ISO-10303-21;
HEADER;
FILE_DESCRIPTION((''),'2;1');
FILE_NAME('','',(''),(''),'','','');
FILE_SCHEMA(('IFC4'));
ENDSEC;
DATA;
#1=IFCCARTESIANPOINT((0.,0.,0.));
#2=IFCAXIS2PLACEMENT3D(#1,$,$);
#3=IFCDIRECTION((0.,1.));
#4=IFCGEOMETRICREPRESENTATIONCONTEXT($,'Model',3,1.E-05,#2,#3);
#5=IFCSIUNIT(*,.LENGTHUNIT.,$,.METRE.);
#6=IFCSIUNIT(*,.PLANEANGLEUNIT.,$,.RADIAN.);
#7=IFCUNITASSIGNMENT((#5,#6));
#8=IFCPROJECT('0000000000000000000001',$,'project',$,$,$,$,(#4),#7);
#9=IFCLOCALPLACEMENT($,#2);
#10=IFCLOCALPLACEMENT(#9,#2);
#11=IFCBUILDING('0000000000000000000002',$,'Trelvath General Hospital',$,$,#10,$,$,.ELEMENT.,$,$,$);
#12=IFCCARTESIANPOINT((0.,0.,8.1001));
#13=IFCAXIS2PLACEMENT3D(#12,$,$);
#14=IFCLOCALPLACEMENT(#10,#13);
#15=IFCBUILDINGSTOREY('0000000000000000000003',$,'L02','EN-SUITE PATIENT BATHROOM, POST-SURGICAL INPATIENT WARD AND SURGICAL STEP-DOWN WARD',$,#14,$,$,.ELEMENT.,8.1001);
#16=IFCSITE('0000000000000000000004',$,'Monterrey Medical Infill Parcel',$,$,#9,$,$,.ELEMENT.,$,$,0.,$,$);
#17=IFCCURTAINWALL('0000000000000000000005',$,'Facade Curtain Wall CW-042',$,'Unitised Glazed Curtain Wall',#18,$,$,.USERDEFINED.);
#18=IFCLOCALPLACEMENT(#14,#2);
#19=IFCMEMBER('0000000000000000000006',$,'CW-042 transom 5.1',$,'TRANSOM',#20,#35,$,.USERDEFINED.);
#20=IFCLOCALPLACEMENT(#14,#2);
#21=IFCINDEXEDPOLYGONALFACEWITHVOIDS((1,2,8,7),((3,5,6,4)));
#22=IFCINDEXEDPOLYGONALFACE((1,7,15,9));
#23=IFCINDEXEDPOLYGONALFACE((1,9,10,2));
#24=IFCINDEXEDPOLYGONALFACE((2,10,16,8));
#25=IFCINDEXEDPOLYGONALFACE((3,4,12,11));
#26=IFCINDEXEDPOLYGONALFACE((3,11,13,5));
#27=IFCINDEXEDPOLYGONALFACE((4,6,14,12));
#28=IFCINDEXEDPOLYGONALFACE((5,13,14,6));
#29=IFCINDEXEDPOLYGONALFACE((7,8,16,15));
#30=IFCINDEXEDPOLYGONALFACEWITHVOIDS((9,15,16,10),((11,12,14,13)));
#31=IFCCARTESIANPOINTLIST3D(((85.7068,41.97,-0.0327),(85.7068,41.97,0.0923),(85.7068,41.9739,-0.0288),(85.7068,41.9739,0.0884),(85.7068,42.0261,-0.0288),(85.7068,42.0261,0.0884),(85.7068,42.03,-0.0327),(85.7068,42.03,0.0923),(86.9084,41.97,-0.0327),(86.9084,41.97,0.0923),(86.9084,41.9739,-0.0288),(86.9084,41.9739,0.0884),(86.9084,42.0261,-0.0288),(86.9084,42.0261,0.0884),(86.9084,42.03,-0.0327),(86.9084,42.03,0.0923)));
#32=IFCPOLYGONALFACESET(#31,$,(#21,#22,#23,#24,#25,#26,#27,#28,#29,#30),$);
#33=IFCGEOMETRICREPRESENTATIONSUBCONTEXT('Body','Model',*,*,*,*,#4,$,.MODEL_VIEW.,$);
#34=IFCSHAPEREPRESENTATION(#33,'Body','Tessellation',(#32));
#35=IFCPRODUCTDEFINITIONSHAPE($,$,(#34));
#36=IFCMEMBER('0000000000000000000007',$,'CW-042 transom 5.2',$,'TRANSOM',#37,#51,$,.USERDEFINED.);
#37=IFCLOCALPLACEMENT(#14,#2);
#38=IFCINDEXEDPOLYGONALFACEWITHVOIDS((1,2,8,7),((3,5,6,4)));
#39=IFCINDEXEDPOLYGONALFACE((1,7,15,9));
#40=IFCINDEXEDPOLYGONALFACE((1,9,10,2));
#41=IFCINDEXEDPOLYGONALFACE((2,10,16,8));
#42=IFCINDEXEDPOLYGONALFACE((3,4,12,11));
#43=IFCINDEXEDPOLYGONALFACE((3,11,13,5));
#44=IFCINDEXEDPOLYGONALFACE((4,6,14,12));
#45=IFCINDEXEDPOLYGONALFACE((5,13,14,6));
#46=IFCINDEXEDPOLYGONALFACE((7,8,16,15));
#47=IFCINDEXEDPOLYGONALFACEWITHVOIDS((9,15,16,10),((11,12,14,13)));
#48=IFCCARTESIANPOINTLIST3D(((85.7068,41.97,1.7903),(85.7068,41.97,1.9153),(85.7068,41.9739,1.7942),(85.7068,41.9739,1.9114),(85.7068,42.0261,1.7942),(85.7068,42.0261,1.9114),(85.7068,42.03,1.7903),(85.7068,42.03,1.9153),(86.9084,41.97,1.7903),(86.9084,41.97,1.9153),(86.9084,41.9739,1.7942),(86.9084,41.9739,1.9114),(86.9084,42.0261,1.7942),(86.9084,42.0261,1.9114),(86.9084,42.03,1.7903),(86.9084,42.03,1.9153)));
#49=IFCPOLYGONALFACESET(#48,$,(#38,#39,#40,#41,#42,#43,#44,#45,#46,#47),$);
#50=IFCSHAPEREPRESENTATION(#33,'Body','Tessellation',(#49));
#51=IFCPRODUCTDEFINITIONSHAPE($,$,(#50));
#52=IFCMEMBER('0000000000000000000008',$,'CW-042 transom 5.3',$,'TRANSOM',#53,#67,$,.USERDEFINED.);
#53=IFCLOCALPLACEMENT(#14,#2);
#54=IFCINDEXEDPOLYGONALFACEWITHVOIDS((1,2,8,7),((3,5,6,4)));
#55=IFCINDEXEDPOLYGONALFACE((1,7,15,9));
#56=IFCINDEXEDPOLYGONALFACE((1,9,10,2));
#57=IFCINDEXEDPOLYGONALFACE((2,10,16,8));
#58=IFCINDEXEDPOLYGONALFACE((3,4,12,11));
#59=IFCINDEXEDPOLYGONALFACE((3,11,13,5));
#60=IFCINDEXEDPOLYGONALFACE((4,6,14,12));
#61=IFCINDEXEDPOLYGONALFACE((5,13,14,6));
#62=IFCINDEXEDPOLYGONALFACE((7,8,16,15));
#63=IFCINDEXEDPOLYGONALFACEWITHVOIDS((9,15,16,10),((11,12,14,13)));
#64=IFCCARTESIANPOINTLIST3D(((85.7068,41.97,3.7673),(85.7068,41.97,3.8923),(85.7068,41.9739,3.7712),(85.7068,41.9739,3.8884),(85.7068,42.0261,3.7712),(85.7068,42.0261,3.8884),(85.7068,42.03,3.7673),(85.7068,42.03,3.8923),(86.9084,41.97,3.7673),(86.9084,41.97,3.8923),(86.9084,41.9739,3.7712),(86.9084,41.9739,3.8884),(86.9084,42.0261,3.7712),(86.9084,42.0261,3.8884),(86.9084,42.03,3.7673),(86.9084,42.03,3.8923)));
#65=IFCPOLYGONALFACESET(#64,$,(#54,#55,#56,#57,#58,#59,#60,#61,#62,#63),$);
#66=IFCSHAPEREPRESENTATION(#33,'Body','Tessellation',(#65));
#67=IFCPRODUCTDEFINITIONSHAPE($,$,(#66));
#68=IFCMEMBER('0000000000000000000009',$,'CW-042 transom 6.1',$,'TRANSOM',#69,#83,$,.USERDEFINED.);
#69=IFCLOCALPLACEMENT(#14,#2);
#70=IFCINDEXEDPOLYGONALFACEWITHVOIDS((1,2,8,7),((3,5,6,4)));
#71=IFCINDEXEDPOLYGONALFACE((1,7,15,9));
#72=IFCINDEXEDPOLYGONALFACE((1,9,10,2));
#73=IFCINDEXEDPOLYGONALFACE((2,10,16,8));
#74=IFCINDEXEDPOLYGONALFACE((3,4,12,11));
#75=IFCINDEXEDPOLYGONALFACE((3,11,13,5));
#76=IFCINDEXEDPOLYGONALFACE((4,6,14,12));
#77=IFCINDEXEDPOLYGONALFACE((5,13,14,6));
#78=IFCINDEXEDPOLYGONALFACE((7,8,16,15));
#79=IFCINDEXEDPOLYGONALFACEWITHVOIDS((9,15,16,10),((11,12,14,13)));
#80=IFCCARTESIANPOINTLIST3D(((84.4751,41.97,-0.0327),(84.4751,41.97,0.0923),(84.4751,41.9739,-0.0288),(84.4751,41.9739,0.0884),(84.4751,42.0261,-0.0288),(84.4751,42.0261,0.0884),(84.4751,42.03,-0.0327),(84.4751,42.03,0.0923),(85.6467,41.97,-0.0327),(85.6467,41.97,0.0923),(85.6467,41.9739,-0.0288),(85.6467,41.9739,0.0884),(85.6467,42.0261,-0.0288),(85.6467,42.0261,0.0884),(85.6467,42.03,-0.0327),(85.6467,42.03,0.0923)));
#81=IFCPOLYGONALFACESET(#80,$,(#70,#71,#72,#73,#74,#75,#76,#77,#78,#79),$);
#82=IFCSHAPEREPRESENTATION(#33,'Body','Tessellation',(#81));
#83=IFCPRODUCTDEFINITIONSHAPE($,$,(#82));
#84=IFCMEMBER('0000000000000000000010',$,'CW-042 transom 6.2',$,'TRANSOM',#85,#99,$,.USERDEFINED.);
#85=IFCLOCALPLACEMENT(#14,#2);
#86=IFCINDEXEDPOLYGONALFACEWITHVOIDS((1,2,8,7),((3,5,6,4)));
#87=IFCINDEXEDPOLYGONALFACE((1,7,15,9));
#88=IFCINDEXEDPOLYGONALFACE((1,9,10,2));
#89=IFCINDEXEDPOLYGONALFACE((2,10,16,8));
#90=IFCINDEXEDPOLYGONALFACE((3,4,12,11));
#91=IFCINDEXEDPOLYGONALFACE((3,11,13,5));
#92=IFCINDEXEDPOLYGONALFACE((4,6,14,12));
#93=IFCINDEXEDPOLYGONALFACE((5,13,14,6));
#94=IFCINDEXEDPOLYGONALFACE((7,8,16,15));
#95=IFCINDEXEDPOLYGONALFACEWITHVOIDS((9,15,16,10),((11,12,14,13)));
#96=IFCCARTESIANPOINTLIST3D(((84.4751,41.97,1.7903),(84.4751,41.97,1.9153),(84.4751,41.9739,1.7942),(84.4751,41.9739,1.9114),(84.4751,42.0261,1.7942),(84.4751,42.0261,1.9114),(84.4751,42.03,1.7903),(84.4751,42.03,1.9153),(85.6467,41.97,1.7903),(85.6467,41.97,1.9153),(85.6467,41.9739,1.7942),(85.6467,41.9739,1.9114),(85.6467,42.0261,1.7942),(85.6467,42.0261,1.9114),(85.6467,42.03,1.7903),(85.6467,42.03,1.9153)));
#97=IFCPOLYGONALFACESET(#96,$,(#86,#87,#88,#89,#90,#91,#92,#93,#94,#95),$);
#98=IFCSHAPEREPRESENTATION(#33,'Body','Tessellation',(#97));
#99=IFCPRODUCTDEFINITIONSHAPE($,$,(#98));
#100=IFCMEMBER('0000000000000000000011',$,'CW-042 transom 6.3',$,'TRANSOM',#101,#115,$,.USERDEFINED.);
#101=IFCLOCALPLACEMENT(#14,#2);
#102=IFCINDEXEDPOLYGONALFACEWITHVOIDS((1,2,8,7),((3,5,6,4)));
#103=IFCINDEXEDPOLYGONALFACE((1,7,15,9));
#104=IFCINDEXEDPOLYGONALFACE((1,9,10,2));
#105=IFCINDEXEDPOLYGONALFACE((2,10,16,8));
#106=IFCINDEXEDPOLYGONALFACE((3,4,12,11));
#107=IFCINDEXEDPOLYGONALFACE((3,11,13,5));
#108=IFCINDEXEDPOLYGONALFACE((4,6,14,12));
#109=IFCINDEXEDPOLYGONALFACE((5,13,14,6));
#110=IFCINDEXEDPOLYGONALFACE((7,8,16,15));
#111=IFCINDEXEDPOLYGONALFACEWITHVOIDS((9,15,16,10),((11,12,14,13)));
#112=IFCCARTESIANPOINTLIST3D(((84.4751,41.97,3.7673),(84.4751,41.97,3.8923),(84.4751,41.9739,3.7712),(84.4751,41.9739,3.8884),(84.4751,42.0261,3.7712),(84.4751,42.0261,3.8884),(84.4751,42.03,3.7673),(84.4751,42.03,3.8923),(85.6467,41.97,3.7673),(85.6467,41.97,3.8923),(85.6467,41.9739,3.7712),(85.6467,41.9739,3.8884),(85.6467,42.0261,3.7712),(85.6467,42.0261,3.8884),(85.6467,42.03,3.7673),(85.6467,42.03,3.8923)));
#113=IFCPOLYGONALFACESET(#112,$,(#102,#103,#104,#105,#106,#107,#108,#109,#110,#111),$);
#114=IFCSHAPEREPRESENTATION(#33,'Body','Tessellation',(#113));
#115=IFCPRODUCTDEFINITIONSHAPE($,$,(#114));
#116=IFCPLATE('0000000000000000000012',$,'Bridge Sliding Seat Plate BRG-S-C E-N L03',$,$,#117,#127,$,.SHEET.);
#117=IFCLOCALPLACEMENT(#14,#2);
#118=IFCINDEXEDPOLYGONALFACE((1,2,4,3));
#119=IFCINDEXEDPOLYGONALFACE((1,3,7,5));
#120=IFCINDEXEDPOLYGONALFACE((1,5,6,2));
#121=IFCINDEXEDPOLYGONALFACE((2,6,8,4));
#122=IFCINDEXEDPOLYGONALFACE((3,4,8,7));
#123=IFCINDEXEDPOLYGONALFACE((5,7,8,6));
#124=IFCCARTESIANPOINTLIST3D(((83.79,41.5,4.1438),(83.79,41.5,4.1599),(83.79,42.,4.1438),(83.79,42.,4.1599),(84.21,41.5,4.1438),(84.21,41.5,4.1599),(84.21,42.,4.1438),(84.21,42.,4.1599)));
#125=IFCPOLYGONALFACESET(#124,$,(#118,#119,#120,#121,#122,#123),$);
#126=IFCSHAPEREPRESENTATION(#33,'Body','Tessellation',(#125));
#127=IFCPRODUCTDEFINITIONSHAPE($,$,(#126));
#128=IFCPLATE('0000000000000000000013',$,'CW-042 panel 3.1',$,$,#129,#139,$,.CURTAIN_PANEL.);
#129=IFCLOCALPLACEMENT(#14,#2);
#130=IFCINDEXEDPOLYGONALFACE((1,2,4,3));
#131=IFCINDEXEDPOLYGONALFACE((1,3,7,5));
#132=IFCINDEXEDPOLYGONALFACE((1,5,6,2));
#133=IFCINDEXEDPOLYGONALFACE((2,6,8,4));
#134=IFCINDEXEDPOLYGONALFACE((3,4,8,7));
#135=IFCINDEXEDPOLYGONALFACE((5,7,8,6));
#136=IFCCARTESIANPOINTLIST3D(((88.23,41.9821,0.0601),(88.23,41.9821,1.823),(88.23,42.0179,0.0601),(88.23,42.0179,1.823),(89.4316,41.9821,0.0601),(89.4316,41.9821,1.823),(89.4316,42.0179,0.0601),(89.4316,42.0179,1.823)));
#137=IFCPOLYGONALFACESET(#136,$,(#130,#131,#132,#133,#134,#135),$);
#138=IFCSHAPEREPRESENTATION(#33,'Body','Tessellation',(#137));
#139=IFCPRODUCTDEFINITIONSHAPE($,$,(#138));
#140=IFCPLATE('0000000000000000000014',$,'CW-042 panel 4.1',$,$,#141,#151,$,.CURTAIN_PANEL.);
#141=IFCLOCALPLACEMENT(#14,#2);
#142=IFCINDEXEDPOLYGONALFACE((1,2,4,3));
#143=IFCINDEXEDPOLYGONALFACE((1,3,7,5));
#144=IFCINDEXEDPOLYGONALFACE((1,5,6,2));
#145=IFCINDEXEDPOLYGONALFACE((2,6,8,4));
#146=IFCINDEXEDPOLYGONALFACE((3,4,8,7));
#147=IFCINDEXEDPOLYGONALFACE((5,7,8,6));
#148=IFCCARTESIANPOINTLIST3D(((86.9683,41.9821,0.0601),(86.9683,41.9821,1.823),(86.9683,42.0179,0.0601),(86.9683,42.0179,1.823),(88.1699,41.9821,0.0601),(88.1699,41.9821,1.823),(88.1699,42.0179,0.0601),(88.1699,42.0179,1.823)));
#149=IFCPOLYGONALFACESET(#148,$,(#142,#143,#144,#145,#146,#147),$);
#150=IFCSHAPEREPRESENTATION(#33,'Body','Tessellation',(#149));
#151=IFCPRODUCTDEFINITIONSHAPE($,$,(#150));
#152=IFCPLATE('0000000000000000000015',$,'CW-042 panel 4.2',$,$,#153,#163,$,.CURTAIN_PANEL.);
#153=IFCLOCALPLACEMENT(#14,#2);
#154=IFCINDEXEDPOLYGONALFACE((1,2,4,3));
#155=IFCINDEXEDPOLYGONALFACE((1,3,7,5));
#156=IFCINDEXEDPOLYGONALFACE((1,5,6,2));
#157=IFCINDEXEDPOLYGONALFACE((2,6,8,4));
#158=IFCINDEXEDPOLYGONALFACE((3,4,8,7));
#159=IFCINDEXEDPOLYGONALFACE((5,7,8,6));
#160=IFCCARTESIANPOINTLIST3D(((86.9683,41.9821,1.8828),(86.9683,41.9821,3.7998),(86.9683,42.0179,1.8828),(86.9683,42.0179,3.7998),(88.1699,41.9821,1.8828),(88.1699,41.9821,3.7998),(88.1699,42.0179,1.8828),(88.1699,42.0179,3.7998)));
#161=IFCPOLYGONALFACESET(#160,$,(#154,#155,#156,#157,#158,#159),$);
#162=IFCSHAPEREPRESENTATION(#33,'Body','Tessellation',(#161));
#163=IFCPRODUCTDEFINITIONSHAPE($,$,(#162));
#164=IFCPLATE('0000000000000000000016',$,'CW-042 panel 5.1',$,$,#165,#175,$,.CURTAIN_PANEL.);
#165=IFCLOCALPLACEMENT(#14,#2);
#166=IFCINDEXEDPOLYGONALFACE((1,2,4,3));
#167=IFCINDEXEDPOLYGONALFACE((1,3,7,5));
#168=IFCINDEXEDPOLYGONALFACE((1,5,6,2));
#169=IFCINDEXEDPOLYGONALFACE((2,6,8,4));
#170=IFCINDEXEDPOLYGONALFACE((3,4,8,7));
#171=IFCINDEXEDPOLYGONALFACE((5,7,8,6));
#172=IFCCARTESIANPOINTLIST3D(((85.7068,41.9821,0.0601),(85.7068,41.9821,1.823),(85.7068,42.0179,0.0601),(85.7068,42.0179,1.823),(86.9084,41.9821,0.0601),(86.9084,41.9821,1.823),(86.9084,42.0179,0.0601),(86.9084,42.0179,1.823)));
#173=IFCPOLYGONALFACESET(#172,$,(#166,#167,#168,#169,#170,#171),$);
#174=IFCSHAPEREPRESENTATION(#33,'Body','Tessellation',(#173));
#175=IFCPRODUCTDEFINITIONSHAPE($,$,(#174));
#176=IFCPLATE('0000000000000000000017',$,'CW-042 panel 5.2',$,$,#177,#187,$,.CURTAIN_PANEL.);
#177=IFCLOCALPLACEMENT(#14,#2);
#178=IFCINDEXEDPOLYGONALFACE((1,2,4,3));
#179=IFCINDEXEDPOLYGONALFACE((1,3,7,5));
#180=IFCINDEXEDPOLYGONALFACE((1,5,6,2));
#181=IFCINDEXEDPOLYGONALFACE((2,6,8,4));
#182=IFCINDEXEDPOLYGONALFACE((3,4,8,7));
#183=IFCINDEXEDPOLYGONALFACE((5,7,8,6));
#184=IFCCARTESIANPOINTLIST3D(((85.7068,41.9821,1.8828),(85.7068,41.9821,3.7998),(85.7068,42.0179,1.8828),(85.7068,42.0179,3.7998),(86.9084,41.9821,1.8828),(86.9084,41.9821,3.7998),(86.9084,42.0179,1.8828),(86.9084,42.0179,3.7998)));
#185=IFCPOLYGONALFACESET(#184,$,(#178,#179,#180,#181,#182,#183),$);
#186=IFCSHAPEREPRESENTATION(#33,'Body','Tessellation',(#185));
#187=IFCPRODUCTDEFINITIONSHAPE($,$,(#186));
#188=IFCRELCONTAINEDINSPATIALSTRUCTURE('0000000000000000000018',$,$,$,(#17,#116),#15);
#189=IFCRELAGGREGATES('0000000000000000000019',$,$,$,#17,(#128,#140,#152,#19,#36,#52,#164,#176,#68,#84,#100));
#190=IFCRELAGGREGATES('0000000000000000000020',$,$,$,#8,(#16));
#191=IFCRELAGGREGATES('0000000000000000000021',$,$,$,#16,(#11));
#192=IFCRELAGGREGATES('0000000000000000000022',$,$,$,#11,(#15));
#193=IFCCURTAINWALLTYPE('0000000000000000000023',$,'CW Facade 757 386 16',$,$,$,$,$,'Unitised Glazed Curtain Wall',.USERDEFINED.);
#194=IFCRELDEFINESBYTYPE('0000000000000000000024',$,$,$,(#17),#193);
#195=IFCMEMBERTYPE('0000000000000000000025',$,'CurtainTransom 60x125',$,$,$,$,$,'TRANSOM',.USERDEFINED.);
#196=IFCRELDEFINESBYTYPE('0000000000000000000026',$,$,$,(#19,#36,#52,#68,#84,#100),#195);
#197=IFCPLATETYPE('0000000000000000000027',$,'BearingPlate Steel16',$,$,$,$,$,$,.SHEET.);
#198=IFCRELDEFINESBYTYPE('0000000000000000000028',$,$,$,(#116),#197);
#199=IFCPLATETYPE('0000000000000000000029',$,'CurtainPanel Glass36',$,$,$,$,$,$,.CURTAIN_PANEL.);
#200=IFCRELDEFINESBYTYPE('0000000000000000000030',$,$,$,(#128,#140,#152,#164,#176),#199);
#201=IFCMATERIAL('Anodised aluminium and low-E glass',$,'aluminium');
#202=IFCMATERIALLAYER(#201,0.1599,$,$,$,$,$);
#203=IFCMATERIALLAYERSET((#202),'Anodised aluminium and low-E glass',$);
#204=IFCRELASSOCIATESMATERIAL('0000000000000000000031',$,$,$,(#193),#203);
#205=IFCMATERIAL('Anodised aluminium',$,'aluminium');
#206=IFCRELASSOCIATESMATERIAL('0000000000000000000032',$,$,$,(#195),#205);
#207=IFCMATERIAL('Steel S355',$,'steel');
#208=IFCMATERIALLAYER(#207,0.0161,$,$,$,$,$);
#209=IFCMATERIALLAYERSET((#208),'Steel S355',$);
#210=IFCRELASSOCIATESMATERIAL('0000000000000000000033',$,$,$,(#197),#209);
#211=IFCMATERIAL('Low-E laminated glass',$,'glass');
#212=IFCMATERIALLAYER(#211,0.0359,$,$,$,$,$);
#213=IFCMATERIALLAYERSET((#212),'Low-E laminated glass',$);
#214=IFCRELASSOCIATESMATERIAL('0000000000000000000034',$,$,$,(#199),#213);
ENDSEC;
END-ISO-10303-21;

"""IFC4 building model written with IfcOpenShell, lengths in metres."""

from ifc_helpers import new_model, si_unit, direction, frame, origin, origin_2d, place, context, subcontext, project, spatial, rectangle, hollow_rectangle, extrude, material, layer, layer_set, material_profile, profile_set, type_object, element, aggregate, save


model = new_model("IFC4")

# Units and contexts
model_context = context("Model", 3, precision=1e-05, world=origin(), true_north=direction((0.0, 1.0)))
body_context = subcontext(model_context, "Body", "Model", "MODEL_VIEW")
ifc_project = project(units=[si_unit("LENGTHUNIT", "METRE"), si_unit("PLANEANGLEUNIT", "RADIAN")], contexts=[model_context])

# Site, building, storey
site_placement = place(None, origin())
site = spatial("IfcSite", under=ifc_project, at=site_placement, Name="Monterrey Medical Infill Parcel", CompositionType="ELEMENT", RefElevation=0.0)
building_placement = place(site_placement, origin())
building = spatial("IfcBuilding", under=site, at=building_placement, Name="Trelvath General Hospital", CompositionType="ELEMENT")
storey_placement = place(building_placement, frame((0.0, 0.0, 8.1001)))
storey = spatial("IfcBuildingStorey", under=building, at=storey_placement, Name="L02", Description="EN-SUITE PATIENT BATHROOM, POST-SURGICAL INPATIENT WARD AND SURGICAL STEP-DOWN WARD", CompositionType="ELEMENT", Elevation=8.1001)

# Curtain wall, members
ifc_material_1 = material(Name="Anodised aluminium and low-E glass", Category="aluminium")
ifc_layer_1 = layer(ifc_material_1, 0.1599)
ifc_layer_set_1 = layer_set([ifc_layer_1], Name="Anodised aluminium and low-E glass")
curtain_wall_type_1 = type_object("IfcCurtainWallType", Name="CW Facade 757 386 16", ElementType="Unitised Glazed Curtain Wall", PredefinedType="USERDEFINED", material=ifc_layer_set_1)
curtain_wall_1_placement = place(storey_placement, origin())
curtain_wall_1 = element("IfcCurtainWall", 1, at=curtain_wall_1_placement, inside=storey, type_object=curtain_wall_type_1, Name="Facade Curtain Wall CW-042", ObjectType="Unitised Glazed Curtain Wall", PredefinedType="USERDEFINED")
ifc_material_2 = material(Name="Anodised aluminium", Category="aluminium")
ifc_material_profile_1 = material_profile(ifc_material_2, hollow_rectangle(XDim=0.0601, YDim=0.125, WallThickness=0.0039, at=origin_2d()), Name="RHS60x125x4")
ifc_profile_set_1 = profile_set([ifc_material_profile_1], Name="Anodised aluminium")
member_type_1 = type_object("IfcMemberType", Name="CurtainTransom 60x125", ElementType="TRANSOM", PredefinedType="USERDEFINED", material=ifc_profile_set_1)
member_1_placement = place(storey_placement, frame((86.9084, 42.0, 0.0298), z_axis=(-1.0, 0.0, 0.0), x_axis=(0.0, -1.0, 0.0)))
member_1 = element("IfcMember", 2, at=member_1_placement, type_object=member_type_1, Name="CW-042 transom 5.1", ObjectType="TRANSOM", PredefinedType="USERDEFINED", context=body_context, shape_type="SweptSolid", body=[
    extrude(hollow_rectangle(XDim=0.0601, YDim=0.125, WallThickness=0.0039, at=origin_2d()), origin(), (0.0, 0.0, 1.0), 1.2017),
])
member_2_placement = place(storey_placement, frame((86.9084, 42.0, 1.8528), z_axis=(-1.0, 0.0, 0.0), x_axis=(0.0, -1.0, 0.0)))
member_2 = element("IfcMember", 3, at=member_2_placement, type_object=member_type_1, Name="CW-042 transom 5.2", ObjectType="TRANSOM", PredefinedType="USERDEFINED", context=body_context, shape_type="SweptSolid", body=[
    extrude(hollow_rectangle(XDim=0.0601, YDim=0.125, WallThickness=0.0039, at=origin_2d()), origin(), (0.0, 0.0, 1.0), 1.2017),
])
member_3_placement = place(storey_placement, frame((86.9084, 42.0, 3.8298), z_axis=(-1.0, 0.0, 0.0), x_axis=(0.0, -1.0, 0.0)))
member_3 = element("IfcMember", 4, at=member_3_placement, type_object=member_type_1, Name="CW-042 transom 5.3", ObjectType="TRANSOM", PredefinedType="USERDEFINED", context=body_context, shape_type="SweptSolid", body=[
    extrude(hollow_rectangle(XDim=0.0601, YDim=0.125, WallThickness=0.0039, at=origin_2d()), origin(), (0.0, 0.0, 1.0), 1.2017),
])
member_4_placement = place(storey_placement, frame((85.6467, 42.0, 0.0298), z_axis=(-1.0, 0.0, 0.0), x_axis=(0.0, -1.0, 0.0)))
member_4 = element("IfcMember", 5, at=member_4_placement, type_object=member_type_1, Name="CW-042 transom 6.1", ObjectType="TRANSOM", PredefinedType="USERDEFINED", context=body_context, shape_type="SweptSolid", body=[
    extrude(hollow_rectangle(XDim=0.0601, YDim=0.125, WallThickness=0.0039, at=origin_2d()), origin(), (0.0, 0.0, 1.0), 1.1716),
])
member_5_placement = place(storey_placement, frame((85.6467, 42.0, 1.8528), z_axis=(-1.0, 0.0, 0.0), x_axis=(0.0, -1.0, 0.0)))
member_5 = element("IfcMember", 6, at=member_5_placement, type_object=member_type_1, Name="CW-042 transom 6.2", ObjectType="TRANSOM", PredefinedType="USERDEFINED", context=body_context, shape_type="SweptSolid", body=[
    extrude(hollow_rectangle(XDim=0.0601, YDim=0.125, WallThickness=0.0039, at=origin_2d()), origin(), (0.0, 0.0, 1.0), 1.1716),
])
member_6_placement = place(storey_placement, frame((85.6467, 42.0, 3.8298), z_axis=(-1.0, 0.0, 0.0), x_axis=(0.0, -1.0, 0.0)))
member_6 = element("IfcMember", 7, at=member_6_placement, type_object=member_type_1, Name="CW-042 transom 6.3", ObjectType="TRANSOM", PredefinedType="USERDEFINED", context=body_context, shape_type="SweptSolid", body=[
    extrude(hollow_rectangle(XDim=0.0601, YDim=0.125, WallThickness=0.0039, at=origin_2d()), origin(), (0.0, 0.0, 1.0), 1.1716),
])

# Plates
ifc_material_3 = material(Name="Steel S355", Category="steel")
ifc_layer_2 = layer(ifc_material_3, 0.0161)
ifc_layer_set_2 = layer_set([ifc_layer_2], Name="Steel S355")
plate_type_1 = type_object("IfcPlateType", Name="BearingPlate Steel16", PredefinedType="SHEET", material=ifc_layer_set_2)
plate_1_placement = place(storey_placement, frame((84.0, 41.75, 4.1438), z_axis=(0.0, 0.0, 1.0), x_axis=(1.0, 0.0, 0.0)))
element("IfcPlate", 8, at=plate_1_placement, inside=storey, type_object=plate_type_1, Name="Bridge Sliding Seat Plate BRG-S-C E-N L03", PredefinedType="SHEET", context=body_context, shape_type="SweptSolid", body=[
    extrude(rectangle(XDim=0.4199, YDim=0.5, at=origin_2d()), origin(), (0.0, 0.0, 1.0), 0.0161),
])
ifc_material_4 = material(Name="Low-E laminated glass", Category="glass")
ifc_layer_3 = layer(ifc_material_4, 0.0359)
ifc_layer_set_3 = layer_set([ifc_layer_3], Name="Low-E laminated glass")
plate_type_2 = type_object("IfcPlateType", Name="CurtainPanel Glass36", PredefinedType="CURTAIN_PANEL", material=ifc_layer_set_3)
plate_2_placement = place(storey_placement, frame((88.8308, 42.0, 0.0601), z_axis=(0.0, 0.0, 1.0), x_axis=(-1.0, 0.0, 0.0)))
plate_2 = element("IfcPlate", 9, at=plate_2_placement, type_object=plate_type_2, Name="CW-042 panel 3.1", PredefinedType="CURTAIN_PANEL", context=body_context, shape_type="SweptSolid", body=[
    extrude(rectangle(XDim=1.2017, YDim=0.0359, at=origin_2d()), origin(), (0.0, 0.0, 1.0), 1.7629),
])
plate_3_placement = place(storey_placement, frame((87.5691, 42.0, 0.0601), z_axis=(0.0, 0.0, 1.0), x_axis=(-1.0, 0.0, 0.0)))
plate_3 = element("IfcPlate", 10, at=plate_3_placement, type_object=plate_type_2, Name="CW-042 panel 4.1", PredefinedType="CURTAIN_PANEL", context=body_context, shape_type="SweptSolid", body=[
    extrude(rectangle(XDim=1.2017, YDim=0.0359, at=origin_2d()), origin(), (0.0, 0.0, 1.0), 1.7629),
])
plate_4_placement = place(storey_placement, frame((87.5691, 42.0, 1.8828), z_axis=(0.0, 0.0, 1.0), x_axis=(-1.0, 0.0, 0.0)))
plate_4 = element("IfcPlate", 11, at=plate_4_placement, type_object=plate_type_2, Name="CW-042 panel 4.2", PredefinedType="CURTAIN_PANEL", context=body_context, shape_type="SweptSolid", body=[
    extrude(rectangle(XDim=1.2017, YDim=0.0359, at=origin_2d()), origin(), (0.0, 0.0, 1.0), 1.917),
])
plate_5_placement = place(storey_placement, frame((86.3076, 42.0, 0.0601), z_axis=(0.0, 0.0, 1.0), x_axis=(-1.0, 0.0, 0.0)))
plate_5 = element("IfcPlate", 12, at=plate_5_placement, type_object=plate_type_2, Name="CW-042 panel 5.1", PredefinedType="CURTAIN_PANEL", context=body_context, shape_type="SweptSolid", body=[
    extrude(rectangle(XDim=1.2017, YDim=0.0359, at=origin_2d()), origin(), (0.0, 0.0, 1.0), 1.7629),
])
plate_6_placement = place(storey_placement, frame((86.3076, 42.0, 1.8828), z_axis=(0.0, 0.0, 1.0), x_axis=(-1.0, 0.0, 0.0)))
plate_6 = element("IfcPlate", 13, at=plate_6_placement, type_object=plate_type_2, Name="CW-042 panel 5.2", PredefinedType="CURTAIN_PANEL", context=body_context, shape_type="SweptSolid", body=[
    extrude(rectangle(XDim=1.2017, YDim=0.0359, at=origin_2d()), origin(), (0.0, 0.0, 1.0), 1.917),
])
aggregate(curtain_wall_1, [plate_2, plate_3, plate_4, member_1, member_2, member_3, plate_5, plate_6, member_4, member_5, member_6])

save(model, "model.ifc")
